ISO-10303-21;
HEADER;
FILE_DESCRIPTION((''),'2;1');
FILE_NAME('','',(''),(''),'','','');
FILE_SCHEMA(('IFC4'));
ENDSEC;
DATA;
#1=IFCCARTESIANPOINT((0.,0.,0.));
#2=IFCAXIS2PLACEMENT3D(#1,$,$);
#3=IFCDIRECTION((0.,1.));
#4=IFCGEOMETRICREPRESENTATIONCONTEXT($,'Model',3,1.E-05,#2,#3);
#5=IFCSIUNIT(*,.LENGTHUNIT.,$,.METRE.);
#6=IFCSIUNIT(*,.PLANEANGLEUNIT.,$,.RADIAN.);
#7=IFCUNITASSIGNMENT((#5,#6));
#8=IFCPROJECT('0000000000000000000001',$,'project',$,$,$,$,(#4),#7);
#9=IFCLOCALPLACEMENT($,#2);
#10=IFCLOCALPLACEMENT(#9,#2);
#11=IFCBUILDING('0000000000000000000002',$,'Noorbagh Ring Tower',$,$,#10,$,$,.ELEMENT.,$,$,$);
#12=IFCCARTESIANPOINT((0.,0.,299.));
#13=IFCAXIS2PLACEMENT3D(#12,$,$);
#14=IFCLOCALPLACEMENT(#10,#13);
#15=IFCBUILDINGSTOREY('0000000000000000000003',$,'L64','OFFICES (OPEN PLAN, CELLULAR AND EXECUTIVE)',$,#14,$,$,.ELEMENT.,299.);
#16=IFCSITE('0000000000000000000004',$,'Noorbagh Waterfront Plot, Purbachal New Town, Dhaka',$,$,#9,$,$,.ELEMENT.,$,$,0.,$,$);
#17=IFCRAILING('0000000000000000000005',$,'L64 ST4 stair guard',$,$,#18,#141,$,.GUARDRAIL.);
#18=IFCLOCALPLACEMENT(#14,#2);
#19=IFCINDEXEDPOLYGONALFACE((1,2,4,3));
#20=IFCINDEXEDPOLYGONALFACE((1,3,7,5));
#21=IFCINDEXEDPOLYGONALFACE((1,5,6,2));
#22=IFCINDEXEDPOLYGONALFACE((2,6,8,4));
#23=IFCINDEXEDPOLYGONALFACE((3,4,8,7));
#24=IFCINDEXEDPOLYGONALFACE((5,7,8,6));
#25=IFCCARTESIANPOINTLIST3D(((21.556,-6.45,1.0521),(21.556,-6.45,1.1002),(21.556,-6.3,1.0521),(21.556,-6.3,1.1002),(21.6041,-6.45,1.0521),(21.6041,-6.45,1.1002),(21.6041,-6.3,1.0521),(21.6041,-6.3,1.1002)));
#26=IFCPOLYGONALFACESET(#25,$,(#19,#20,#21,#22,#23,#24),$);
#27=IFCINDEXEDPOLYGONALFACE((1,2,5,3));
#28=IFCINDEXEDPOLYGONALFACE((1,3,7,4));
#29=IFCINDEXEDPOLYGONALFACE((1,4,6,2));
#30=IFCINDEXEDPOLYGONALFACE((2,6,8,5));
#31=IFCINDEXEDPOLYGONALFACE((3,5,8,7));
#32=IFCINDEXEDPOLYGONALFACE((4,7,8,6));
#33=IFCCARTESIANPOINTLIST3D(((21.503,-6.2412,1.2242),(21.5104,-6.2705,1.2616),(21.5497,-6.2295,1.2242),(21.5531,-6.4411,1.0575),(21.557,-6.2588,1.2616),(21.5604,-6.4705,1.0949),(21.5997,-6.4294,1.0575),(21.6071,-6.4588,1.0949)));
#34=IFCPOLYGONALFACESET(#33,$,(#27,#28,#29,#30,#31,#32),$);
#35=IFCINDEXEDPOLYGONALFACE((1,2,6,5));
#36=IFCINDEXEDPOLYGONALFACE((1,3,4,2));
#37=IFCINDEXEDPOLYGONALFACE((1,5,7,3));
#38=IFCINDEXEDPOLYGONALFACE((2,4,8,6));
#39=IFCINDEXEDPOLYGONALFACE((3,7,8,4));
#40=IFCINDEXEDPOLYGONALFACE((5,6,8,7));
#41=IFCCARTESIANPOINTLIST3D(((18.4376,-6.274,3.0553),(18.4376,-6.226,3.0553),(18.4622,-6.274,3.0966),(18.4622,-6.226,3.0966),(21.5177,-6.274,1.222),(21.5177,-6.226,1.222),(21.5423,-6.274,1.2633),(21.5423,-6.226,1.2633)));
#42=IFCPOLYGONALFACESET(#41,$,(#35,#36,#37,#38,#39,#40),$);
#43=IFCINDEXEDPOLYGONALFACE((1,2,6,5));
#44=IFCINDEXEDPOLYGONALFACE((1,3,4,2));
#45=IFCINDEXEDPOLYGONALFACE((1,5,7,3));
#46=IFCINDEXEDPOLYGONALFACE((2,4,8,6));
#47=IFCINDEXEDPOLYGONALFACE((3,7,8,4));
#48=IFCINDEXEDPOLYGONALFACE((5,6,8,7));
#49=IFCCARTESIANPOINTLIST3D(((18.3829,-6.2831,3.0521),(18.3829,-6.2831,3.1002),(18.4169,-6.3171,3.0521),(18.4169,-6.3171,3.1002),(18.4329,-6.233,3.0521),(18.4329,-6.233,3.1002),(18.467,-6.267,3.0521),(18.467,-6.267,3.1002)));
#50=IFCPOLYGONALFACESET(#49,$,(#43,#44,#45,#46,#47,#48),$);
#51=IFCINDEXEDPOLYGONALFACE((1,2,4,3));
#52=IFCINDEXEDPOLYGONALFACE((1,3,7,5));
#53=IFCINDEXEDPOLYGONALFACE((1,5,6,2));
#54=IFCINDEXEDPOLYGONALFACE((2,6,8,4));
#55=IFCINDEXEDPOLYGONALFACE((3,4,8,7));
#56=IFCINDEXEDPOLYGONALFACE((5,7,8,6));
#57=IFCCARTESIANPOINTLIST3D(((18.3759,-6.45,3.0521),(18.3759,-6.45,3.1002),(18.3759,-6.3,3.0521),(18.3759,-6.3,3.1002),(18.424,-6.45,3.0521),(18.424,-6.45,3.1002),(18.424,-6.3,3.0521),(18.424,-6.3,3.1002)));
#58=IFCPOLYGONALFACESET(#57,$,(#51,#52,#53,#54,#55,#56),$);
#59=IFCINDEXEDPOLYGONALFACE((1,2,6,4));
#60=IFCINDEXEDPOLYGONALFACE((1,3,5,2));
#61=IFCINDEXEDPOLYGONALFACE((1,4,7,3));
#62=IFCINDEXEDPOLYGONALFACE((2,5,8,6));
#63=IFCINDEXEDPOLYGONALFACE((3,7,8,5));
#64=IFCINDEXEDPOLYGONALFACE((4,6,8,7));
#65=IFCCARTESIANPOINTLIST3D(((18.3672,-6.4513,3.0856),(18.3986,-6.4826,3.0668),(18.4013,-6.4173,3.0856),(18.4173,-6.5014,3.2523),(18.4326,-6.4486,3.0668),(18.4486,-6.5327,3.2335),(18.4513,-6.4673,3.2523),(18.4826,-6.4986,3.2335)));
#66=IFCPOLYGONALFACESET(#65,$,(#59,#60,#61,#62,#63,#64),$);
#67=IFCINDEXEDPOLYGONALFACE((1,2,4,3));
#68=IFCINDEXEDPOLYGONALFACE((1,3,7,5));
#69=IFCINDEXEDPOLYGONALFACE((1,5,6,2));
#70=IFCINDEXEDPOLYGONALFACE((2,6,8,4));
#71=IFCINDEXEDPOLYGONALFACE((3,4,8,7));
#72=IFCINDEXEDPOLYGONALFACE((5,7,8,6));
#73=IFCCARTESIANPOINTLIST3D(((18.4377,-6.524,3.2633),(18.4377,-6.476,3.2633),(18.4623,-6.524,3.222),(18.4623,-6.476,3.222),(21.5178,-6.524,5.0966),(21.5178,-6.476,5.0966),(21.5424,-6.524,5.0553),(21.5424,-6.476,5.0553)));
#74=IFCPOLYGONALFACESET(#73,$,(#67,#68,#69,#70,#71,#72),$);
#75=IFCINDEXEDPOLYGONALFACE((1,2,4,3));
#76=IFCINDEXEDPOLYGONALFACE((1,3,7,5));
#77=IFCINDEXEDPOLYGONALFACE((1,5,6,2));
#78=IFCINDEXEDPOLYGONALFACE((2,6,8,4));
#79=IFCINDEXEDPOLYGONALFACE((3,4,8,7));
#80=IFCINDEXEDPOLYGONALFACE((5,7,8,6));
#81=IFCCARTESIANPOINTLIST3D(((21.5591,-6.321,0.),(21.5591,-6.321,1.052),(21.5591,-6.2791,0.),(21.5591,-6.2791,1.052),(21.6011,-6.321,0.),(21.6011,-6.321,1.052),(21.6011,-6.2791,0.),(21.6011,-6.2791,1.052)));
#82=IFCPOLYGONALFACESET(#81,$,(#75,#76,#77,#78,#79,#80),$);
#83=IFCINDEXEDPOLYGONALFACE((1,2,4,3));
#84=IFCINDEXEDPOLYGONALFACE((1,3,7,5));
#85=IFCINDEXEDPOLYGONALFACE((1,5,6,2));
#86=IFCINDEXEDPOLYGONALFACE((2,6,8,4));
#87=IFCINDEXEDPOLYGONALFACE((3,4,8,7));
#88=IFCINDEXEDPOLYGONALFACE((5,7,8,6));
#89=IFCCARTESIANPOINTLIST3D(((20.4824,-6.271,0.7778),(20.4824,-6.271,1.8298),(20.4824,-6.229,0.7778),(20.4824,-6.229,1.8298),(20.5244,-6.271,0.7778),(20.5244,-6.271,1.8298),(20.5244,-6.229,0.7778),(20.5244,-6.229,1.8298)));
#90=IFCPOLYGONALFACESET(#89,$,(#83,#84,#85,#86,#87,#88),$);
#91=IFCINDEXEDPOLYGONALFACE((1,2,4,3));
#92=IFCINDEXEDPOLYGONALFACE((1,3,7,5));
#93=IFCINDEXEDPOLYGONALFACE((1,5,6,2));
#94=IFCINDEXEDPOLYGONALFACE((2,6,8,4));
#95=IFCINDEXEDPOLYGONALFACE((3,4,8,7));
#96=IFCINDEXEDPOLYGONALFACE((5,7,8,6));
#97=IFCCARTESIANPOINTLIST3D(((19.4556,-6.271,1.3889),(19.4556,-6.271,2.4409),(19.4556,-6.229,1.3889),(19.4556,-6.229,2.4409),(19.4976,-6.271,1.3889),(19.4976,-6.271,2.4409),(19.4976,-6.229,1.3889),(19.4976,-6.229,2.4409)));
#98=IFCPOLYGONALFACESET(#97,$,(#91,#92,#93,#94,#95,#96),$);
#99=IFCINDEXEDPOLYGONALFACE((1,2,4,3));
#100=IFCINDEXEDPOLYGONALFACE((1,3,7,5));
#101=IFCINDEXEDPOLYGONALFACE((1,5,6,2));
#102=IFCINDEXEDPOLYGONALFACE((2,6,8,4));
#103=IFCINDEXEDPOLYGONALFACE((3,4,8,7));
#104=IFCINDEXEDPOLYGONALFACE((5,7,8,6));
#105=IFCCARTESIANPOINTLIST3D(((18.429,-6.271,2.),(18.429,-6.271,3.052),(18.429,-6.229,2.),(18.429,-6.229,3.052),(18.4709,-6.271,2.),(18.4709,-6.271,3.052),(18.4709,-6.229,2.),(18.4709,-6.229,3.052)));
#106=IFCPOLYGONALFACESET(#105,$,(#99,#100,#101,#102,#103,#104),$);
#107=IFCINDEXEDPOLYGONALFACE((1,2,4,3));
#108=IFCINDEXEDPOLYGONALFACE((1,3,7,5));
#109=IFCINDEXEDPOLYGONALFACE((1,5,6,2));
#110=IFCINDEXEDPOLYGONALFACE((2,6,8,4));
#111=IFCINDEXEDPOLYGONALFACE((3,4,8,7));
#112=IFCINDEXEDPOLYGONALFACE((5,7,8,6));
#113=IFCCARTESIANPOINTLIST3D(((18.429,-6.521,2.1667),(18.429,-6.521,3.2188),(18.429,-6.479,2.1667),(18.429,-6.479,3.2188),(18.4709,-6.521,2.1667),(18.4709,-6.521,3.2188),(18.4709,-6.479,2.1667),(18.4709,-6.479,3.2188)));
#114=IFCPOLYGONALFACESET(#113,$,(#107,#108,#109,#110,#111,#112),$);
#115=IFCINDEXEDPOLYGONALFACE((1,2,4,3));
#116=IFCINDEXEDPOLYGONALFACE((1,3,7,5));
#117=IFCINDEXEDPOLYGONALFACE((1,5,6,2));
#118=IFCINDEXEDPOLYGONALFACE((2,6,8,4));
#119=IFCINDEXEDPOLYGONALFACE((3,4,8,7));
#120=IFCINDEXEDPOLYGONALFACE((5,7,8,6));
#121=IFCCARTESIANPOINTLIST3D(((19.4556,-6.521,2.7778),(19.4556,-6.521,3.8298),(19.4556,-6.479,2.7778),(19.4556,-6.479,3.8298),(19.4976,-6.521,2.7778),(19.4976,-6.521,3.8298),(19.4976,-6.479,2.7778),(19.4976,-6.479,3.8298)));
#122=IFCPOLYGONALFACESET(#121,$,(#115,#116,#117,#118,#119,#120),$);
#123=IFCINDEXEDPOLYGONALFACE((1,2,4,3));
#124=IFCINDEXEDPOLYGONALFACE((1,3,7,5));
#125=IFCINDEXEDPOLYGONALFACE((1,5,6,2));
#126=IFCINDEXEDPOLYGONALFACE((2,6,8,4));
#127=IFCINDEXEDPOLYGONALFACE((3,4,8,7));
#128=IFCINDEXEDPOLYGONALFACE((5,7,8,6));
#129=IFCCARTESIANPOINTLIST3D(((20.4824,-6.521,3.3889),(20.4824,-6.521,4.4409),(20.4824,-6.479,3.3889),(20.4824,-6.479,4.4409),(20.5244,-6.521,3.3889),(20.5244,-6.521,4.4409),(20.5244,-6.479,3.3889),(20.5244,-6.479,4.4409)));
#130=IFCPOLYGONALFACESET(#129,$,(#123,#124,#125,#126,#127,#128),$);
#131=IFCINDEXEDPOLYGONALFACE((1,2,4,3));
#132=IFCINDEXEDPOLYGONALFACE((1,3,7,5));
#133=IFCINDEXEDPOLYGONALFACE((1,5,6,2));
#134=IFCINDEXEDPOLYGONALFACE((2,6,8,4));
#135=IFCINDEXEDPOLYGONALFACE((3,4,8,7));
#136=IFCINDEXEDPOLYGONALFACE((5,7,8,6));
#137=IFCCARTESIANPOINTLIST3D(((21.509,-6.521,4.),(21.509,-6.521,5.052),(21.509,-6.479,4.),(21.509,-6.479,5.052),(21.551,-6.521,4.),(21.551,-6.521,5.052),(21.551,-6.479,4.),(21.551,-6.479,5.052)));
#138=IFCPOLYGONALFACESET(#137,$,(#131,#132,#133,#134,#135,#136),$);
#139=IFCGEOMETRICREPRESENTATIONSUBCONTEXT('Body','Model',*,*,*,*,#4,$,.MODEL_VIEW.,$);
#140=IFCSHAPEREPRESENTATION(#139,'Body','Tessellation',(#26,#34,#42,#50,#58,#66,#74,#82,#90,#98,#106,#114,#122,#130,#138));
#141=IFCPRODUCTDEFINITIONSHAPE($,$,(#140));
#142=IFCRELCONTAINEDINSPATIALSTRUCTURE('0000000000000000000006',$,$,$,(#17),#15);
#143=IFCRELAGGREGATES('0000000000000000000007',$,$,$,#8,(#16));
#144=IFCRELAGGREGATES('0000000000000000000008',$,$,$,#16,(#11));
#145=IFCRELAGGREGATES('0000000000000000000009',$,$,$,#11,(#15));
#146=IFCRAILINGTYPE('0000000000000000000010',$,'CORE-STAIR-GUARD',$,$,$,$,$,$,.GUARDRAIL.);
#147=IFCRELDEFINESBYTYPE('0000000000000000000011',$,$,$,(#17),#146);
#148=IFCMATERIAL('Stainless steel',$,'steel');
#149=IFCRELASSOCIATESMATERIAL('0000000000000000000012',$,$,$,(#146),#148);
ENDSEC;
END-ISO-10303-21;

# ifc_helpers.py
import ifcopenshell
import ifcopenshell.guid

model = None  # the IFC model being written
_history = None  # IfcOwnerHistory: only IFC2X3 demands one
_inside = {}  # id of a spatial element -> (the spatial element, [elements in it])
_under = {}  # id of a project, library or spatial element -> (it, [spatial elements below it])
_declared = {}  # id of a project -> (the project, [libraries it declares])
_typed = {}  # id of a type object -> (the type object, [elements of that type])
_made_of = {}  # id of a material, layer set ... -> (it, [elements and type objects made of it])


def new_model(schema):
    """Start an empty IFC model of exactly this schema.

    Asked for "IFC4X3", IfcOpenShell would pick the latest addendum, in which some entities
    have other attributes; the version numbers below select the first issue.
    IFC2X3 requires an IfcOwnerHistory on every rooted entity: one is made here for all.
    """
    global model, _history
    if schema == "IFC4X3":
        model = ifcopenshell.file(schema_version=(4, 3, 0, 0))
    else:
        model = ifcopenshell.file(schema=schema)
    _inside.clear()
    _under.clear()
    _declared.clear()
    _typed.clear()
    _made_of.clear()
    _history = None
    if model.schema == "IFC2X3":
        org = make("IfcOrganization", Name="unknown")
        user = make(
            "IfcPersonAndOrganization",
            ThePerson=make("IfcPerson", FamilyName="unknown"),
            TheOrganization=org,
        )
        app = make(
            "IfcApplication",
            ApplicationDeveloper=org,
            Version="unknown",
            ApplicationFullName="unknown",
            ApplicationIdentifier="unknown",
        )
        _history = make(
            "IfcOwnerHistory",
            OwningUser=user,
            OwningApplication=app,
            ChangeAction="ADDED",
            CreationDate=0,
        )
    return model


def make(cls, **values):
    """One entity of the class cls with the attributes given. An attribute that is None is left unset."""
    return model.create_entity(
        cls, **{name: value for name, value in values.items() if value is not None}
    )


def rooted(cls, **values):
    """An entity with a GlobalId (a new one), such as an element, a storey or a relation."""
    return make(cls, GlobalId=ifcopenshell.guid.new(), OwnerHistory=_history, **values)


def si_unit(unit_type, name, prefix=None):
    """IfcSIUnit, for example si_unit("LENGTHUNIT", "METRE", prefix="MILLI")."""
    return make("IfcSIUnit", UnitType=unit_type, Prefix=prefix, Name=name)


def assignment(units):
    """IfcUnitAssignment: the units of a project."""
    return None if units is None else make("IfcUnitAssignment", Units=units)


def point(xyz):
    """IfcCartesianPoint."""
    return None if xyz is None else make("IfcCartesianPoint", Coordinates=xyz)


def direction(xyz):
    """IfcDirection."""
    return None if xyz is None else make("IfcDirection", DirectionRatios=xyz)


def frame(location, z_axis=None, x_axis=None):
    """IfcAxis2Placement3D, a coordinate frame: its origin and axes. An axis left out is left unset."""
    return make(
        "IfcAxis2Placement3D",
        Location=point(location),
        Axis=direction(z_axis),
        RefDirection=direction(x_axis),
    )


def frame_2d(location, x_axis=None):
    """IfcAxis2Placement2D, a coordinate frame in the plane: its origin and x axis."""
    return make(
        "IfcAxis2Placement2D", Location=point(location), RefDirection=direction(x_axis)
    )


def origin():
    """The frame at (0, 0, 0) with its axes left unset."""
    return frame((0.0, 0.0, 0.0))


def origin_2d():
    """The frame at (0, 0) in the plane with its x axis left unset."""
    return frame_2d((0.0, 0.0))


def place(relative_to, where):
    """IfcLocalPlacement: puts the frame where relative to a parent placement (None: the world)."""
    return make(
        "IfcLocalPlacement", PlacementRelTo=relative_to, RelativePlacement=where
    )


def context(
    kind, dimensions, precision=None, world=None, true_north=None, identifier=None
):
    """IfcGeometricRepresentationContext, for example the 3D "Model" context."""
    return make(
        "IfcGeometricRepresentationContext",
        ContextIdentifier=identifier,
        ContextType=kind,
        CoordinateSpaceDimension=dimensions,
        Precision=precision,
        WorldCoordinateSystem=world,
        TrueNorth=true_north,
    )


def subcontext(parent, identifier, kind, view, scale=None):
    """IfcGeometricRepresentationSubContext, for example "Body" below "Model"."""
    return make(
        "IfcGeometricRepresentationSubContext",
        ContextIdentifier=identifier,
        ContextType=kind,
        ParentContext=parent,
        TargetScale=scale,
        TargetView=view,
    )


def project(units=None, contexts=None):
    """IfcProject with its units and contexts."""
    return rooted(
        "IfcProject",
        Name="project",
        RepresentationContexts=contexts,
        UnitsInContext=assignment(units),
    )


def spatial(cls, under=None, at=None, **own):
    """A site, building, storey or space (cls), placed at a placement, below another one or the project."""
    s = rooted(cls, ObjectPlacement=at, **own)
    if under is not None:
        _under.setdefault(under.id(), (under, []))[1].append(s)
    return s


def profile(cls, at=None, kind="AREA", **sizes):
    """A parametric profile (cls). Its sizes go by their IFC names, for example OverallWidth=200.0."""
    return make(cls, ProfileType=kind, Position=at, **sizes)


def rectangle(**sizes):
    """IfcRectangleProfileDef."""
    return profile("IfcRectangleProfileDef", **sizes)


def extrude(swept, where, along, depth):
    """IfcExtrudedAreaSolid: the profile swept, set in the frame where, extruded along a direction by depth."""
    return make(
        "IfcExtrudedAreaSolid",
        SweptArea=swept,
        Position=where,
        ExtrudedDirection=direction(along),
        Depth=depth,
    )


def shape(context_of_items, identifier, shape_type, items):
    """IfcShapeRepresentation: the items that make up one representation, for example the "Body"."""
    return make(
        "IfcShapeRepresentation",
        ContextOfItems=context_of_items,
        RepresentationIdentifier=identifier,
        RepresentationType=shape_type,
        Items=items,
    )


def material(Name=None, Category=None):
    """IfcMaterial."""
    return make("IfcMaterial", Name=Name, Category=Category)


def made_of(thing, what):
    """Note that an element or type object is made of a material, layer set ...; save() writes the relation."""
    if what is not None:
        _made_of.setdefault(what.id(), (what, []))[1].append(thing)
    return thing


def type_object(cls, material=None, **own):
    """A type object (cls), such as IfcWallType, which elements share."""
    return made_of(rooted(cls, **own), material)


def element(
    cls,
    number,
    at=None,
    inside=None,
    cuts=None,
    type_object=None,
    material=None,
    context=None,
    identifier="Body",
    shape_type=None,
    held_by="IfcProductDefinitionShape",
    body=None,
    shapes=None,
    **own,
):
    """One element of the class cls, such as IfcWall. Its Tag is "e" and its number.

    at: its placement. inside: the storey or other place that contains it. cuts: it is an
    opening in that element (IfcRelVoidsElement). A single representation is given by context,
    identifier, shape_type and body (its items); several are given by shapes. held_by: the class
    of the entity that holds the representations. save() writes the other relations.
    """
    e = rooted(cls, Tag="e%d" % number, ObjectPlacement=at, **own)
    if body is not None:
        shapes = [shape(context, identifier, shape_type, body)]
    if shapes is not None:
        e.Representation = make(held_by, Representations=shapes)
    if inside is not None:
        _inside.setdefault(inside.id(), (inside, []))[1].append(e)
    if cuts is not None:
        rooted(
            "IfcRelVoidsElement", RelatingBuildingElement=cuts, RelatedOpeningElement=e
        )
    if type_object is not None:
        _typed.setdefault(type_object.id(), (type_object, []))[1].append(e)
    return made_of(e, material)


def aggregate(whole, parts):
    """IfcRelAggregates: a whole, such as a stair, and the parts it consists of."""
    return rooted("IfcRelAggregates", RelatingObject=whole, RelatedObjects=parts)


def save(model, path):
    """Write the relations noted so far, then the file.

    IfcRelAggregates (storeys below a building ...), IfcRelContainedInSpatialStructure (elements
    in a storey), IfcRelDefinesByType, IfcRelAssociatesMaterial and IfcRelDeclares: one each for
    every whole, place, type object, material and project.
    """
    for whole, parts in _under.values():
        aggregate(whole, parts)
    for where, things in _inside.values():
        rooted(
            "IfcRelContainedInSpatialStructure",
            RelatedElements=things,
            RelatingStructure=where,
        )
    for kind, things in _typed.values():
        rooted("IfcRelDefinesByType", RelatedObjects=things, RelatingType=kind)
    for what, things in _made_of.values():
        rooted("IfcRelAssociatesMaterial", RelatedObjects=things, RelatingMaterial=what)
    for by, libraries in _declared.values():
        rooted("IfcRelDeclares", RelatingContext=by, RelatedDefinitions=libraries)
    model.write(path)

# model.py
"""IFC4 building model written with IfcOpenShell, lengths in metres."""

from ifc_helpers import new_model, si_unit, direction, frame, origin, origin_2d, place, context, subcontext, project, spatial, rectangle, extrude, material, type_object, element, save


model = new_model("IFC4")

# Units and contexts
model_context = context("Model", 3, precision=1e-05, world=origin(), true_north=direction((0.0, 1.0)))
body_context = subcontext(model_context, "Body", "Model", "MODEL_VIEW")
ifc_project = project(units=[si_unit("LENGTHUNIT", "METRE"), si_unit("PLANEANGLEUNIT", "RADIAN")], contexts=[model_context])

# Site, building, storey
site_placement = place(None, origin())
site = spatial("IfcSite", under=ifc_project, at=site_placement, Name="Noorbagh Waterfront Plot, Purbachal New Town, Dhaka", CompositionType="ELEMENT", RefElevation=0.0)
building_placement = place(site_placement, origin())
building = spatial("IfcBuilding", under=site, at=building_placement, Name="Noorbagh Ring Tower", CompositionType="ELEMENT")
storey_placement = place(building_placement, frame((0.0, 0.0, 299.0)))
storey = spatial("IfcBuildingStorey", under=building, at=storey_placement, Name="L64", Description="OFFICES (OPEN PLAN, CELLULAR AND EXECUTIVE)", CompositionType="ELEMENT", Elevation=299.0)

# Railing
ifc_material_1 = material(Name="Stainless steel", Category="steel")
railing_type_1 = type_object("IfcRailingType", Name="CORE-STAIR-GUARD", PredefinedType="GUARDRAIL", material=ifc_material_1)
railing_1_placement = place(storey_placement, frame((21.5801, -6.3, 0.0)))
element("IfcRailing", 1, at=railing_1_placement, inside=storey, type_object=railing_type_1, Name="L64 ST4 stair guard", PredefinedType="GUARDRAIL", context=body_context, shape_type="SweptSolid", body=[
    extrude(rectangle(XDim=0.0481, YDim=0.0481, at=origin_2d()), frame((0.0, 0.0, 1.0762), z_axis=(0.0, -1.0, 0.0), x_axis=(1.0, 0.0, 0.0)), (0.0, 0.0, 1.0), 0.1499),
    extrude(rectangle(XDim=0.0481, YDim=0.0481, at=origin_2d()), frame((0.0, -0.1499, 1.0762), z_axis=(-0.188776, 0.754182, 0.628946), x_axis=(-0.970073, -0.242814, 0.0)), (0.0, 0.0, 1.0), 0.2651),
    extrude(rectangle(XDim=0.0481, YDim=0.0481, at=origin_2d()), frame((-0.05, 0.05, 1.2427), z_axis=(-0.859309, 0.0, 0.511458), x_axis=(0.0, -1.0, 0.0)), (0.0, 0.0, 1.0), 3.5845),
    extrude(rectangle(XDim=0.0481, YDim=0.0481, at=origin_2d()), frame((-3.1301, 0.05, 3.0762), z_axis=(-0.707107, -0.707107, 0.0), x_axis=(0.707107, -0.707107, 0.0)), (0.0, 0.0, 1.0), 0.0708),
    extrude(rectangle(XDim=0.0481, YDim=0.0481, at=origin_2d()), frame((-3.1802, 0.0, 3.0762), z_axis=(0.0, -1.0, 0.0), x_axis=(1.0, 0.0, 0.0)), (0.0, 0.0, 1.0), 0.1499),
    extrude(rectangle(XDim=0.0481, YDim=0.0481, at=origin_2d()), frame((-3.1802, -0.1499, 3.0762), z_axis=(0.276287, -0.276287, 0.920506), x_axis=(0.707107, 0.707107, 0.0)), (0.0, 0.0, 1.0), 0.1812),
    extrude(rectangle(XDim=0.0481, YDim=0.0481, at=origin_2d()), frame((-3.1301, -0.2, 3.2427), z_axis=(0.859309, 0.0, 0.511458), x_axis=(0.0, 1.0, 0.0)), (0.0, 0.0, 1.0), 3.5845),
    extrude(rectangle(XDim=0.042, YDim=0.042, at=origin_2d()), origin(), (0.0, 0.0, 1.0), 1.052),
    extrude(rectangle(XDim=0.042, YDim=0.042, at=origin_2d()), frame((-1.0767, 0.05, 0.7778)), (0.0, 0.0, 1.0), 1.052),
    extrude(rectangle(XDim=0.042, YDim=0.042, at=origin_2d()), frame((-2.1035, 0.05, 1.3889)), (0.0, 0.0, 1.0), 1.052),
    extrude(rectangle(XDim=0.042, YDim=0.042, at=origin_2d()), frame((-3.1301, 0.05, 2.0)), (0.0, 0.0, 1.0), 1.052),
    extrude(rectangle(XDim=0.042, YDim=0.042, at=origin_2d()), frame((-3.1301, -0.2, 2.1667)), (0.0, 0.0, 1.0), 1.052),
    extrude(rectangle(XDim=0.042, YDim=0.042, at=origin_2d()), frame((-2.1035, -0.2, 2.7778)), (0.0, 0.0, 1.0), 1.052),
    extrude(rectangle(XDim=0.042, YDim=0.042, at=origin_2d()), frame((-1.0767, -0.2, 3.3889)), (0.0, 0.0, 1.0), 1.052),
    extrude(rectangle(XDim=0.042, YDim=0.042, at=origin_2d()), frame((-0.05, -0.2, 4.0)), (0.0, 0.0, 1.0), 1.052),
])

save(model, "model.ifc")
